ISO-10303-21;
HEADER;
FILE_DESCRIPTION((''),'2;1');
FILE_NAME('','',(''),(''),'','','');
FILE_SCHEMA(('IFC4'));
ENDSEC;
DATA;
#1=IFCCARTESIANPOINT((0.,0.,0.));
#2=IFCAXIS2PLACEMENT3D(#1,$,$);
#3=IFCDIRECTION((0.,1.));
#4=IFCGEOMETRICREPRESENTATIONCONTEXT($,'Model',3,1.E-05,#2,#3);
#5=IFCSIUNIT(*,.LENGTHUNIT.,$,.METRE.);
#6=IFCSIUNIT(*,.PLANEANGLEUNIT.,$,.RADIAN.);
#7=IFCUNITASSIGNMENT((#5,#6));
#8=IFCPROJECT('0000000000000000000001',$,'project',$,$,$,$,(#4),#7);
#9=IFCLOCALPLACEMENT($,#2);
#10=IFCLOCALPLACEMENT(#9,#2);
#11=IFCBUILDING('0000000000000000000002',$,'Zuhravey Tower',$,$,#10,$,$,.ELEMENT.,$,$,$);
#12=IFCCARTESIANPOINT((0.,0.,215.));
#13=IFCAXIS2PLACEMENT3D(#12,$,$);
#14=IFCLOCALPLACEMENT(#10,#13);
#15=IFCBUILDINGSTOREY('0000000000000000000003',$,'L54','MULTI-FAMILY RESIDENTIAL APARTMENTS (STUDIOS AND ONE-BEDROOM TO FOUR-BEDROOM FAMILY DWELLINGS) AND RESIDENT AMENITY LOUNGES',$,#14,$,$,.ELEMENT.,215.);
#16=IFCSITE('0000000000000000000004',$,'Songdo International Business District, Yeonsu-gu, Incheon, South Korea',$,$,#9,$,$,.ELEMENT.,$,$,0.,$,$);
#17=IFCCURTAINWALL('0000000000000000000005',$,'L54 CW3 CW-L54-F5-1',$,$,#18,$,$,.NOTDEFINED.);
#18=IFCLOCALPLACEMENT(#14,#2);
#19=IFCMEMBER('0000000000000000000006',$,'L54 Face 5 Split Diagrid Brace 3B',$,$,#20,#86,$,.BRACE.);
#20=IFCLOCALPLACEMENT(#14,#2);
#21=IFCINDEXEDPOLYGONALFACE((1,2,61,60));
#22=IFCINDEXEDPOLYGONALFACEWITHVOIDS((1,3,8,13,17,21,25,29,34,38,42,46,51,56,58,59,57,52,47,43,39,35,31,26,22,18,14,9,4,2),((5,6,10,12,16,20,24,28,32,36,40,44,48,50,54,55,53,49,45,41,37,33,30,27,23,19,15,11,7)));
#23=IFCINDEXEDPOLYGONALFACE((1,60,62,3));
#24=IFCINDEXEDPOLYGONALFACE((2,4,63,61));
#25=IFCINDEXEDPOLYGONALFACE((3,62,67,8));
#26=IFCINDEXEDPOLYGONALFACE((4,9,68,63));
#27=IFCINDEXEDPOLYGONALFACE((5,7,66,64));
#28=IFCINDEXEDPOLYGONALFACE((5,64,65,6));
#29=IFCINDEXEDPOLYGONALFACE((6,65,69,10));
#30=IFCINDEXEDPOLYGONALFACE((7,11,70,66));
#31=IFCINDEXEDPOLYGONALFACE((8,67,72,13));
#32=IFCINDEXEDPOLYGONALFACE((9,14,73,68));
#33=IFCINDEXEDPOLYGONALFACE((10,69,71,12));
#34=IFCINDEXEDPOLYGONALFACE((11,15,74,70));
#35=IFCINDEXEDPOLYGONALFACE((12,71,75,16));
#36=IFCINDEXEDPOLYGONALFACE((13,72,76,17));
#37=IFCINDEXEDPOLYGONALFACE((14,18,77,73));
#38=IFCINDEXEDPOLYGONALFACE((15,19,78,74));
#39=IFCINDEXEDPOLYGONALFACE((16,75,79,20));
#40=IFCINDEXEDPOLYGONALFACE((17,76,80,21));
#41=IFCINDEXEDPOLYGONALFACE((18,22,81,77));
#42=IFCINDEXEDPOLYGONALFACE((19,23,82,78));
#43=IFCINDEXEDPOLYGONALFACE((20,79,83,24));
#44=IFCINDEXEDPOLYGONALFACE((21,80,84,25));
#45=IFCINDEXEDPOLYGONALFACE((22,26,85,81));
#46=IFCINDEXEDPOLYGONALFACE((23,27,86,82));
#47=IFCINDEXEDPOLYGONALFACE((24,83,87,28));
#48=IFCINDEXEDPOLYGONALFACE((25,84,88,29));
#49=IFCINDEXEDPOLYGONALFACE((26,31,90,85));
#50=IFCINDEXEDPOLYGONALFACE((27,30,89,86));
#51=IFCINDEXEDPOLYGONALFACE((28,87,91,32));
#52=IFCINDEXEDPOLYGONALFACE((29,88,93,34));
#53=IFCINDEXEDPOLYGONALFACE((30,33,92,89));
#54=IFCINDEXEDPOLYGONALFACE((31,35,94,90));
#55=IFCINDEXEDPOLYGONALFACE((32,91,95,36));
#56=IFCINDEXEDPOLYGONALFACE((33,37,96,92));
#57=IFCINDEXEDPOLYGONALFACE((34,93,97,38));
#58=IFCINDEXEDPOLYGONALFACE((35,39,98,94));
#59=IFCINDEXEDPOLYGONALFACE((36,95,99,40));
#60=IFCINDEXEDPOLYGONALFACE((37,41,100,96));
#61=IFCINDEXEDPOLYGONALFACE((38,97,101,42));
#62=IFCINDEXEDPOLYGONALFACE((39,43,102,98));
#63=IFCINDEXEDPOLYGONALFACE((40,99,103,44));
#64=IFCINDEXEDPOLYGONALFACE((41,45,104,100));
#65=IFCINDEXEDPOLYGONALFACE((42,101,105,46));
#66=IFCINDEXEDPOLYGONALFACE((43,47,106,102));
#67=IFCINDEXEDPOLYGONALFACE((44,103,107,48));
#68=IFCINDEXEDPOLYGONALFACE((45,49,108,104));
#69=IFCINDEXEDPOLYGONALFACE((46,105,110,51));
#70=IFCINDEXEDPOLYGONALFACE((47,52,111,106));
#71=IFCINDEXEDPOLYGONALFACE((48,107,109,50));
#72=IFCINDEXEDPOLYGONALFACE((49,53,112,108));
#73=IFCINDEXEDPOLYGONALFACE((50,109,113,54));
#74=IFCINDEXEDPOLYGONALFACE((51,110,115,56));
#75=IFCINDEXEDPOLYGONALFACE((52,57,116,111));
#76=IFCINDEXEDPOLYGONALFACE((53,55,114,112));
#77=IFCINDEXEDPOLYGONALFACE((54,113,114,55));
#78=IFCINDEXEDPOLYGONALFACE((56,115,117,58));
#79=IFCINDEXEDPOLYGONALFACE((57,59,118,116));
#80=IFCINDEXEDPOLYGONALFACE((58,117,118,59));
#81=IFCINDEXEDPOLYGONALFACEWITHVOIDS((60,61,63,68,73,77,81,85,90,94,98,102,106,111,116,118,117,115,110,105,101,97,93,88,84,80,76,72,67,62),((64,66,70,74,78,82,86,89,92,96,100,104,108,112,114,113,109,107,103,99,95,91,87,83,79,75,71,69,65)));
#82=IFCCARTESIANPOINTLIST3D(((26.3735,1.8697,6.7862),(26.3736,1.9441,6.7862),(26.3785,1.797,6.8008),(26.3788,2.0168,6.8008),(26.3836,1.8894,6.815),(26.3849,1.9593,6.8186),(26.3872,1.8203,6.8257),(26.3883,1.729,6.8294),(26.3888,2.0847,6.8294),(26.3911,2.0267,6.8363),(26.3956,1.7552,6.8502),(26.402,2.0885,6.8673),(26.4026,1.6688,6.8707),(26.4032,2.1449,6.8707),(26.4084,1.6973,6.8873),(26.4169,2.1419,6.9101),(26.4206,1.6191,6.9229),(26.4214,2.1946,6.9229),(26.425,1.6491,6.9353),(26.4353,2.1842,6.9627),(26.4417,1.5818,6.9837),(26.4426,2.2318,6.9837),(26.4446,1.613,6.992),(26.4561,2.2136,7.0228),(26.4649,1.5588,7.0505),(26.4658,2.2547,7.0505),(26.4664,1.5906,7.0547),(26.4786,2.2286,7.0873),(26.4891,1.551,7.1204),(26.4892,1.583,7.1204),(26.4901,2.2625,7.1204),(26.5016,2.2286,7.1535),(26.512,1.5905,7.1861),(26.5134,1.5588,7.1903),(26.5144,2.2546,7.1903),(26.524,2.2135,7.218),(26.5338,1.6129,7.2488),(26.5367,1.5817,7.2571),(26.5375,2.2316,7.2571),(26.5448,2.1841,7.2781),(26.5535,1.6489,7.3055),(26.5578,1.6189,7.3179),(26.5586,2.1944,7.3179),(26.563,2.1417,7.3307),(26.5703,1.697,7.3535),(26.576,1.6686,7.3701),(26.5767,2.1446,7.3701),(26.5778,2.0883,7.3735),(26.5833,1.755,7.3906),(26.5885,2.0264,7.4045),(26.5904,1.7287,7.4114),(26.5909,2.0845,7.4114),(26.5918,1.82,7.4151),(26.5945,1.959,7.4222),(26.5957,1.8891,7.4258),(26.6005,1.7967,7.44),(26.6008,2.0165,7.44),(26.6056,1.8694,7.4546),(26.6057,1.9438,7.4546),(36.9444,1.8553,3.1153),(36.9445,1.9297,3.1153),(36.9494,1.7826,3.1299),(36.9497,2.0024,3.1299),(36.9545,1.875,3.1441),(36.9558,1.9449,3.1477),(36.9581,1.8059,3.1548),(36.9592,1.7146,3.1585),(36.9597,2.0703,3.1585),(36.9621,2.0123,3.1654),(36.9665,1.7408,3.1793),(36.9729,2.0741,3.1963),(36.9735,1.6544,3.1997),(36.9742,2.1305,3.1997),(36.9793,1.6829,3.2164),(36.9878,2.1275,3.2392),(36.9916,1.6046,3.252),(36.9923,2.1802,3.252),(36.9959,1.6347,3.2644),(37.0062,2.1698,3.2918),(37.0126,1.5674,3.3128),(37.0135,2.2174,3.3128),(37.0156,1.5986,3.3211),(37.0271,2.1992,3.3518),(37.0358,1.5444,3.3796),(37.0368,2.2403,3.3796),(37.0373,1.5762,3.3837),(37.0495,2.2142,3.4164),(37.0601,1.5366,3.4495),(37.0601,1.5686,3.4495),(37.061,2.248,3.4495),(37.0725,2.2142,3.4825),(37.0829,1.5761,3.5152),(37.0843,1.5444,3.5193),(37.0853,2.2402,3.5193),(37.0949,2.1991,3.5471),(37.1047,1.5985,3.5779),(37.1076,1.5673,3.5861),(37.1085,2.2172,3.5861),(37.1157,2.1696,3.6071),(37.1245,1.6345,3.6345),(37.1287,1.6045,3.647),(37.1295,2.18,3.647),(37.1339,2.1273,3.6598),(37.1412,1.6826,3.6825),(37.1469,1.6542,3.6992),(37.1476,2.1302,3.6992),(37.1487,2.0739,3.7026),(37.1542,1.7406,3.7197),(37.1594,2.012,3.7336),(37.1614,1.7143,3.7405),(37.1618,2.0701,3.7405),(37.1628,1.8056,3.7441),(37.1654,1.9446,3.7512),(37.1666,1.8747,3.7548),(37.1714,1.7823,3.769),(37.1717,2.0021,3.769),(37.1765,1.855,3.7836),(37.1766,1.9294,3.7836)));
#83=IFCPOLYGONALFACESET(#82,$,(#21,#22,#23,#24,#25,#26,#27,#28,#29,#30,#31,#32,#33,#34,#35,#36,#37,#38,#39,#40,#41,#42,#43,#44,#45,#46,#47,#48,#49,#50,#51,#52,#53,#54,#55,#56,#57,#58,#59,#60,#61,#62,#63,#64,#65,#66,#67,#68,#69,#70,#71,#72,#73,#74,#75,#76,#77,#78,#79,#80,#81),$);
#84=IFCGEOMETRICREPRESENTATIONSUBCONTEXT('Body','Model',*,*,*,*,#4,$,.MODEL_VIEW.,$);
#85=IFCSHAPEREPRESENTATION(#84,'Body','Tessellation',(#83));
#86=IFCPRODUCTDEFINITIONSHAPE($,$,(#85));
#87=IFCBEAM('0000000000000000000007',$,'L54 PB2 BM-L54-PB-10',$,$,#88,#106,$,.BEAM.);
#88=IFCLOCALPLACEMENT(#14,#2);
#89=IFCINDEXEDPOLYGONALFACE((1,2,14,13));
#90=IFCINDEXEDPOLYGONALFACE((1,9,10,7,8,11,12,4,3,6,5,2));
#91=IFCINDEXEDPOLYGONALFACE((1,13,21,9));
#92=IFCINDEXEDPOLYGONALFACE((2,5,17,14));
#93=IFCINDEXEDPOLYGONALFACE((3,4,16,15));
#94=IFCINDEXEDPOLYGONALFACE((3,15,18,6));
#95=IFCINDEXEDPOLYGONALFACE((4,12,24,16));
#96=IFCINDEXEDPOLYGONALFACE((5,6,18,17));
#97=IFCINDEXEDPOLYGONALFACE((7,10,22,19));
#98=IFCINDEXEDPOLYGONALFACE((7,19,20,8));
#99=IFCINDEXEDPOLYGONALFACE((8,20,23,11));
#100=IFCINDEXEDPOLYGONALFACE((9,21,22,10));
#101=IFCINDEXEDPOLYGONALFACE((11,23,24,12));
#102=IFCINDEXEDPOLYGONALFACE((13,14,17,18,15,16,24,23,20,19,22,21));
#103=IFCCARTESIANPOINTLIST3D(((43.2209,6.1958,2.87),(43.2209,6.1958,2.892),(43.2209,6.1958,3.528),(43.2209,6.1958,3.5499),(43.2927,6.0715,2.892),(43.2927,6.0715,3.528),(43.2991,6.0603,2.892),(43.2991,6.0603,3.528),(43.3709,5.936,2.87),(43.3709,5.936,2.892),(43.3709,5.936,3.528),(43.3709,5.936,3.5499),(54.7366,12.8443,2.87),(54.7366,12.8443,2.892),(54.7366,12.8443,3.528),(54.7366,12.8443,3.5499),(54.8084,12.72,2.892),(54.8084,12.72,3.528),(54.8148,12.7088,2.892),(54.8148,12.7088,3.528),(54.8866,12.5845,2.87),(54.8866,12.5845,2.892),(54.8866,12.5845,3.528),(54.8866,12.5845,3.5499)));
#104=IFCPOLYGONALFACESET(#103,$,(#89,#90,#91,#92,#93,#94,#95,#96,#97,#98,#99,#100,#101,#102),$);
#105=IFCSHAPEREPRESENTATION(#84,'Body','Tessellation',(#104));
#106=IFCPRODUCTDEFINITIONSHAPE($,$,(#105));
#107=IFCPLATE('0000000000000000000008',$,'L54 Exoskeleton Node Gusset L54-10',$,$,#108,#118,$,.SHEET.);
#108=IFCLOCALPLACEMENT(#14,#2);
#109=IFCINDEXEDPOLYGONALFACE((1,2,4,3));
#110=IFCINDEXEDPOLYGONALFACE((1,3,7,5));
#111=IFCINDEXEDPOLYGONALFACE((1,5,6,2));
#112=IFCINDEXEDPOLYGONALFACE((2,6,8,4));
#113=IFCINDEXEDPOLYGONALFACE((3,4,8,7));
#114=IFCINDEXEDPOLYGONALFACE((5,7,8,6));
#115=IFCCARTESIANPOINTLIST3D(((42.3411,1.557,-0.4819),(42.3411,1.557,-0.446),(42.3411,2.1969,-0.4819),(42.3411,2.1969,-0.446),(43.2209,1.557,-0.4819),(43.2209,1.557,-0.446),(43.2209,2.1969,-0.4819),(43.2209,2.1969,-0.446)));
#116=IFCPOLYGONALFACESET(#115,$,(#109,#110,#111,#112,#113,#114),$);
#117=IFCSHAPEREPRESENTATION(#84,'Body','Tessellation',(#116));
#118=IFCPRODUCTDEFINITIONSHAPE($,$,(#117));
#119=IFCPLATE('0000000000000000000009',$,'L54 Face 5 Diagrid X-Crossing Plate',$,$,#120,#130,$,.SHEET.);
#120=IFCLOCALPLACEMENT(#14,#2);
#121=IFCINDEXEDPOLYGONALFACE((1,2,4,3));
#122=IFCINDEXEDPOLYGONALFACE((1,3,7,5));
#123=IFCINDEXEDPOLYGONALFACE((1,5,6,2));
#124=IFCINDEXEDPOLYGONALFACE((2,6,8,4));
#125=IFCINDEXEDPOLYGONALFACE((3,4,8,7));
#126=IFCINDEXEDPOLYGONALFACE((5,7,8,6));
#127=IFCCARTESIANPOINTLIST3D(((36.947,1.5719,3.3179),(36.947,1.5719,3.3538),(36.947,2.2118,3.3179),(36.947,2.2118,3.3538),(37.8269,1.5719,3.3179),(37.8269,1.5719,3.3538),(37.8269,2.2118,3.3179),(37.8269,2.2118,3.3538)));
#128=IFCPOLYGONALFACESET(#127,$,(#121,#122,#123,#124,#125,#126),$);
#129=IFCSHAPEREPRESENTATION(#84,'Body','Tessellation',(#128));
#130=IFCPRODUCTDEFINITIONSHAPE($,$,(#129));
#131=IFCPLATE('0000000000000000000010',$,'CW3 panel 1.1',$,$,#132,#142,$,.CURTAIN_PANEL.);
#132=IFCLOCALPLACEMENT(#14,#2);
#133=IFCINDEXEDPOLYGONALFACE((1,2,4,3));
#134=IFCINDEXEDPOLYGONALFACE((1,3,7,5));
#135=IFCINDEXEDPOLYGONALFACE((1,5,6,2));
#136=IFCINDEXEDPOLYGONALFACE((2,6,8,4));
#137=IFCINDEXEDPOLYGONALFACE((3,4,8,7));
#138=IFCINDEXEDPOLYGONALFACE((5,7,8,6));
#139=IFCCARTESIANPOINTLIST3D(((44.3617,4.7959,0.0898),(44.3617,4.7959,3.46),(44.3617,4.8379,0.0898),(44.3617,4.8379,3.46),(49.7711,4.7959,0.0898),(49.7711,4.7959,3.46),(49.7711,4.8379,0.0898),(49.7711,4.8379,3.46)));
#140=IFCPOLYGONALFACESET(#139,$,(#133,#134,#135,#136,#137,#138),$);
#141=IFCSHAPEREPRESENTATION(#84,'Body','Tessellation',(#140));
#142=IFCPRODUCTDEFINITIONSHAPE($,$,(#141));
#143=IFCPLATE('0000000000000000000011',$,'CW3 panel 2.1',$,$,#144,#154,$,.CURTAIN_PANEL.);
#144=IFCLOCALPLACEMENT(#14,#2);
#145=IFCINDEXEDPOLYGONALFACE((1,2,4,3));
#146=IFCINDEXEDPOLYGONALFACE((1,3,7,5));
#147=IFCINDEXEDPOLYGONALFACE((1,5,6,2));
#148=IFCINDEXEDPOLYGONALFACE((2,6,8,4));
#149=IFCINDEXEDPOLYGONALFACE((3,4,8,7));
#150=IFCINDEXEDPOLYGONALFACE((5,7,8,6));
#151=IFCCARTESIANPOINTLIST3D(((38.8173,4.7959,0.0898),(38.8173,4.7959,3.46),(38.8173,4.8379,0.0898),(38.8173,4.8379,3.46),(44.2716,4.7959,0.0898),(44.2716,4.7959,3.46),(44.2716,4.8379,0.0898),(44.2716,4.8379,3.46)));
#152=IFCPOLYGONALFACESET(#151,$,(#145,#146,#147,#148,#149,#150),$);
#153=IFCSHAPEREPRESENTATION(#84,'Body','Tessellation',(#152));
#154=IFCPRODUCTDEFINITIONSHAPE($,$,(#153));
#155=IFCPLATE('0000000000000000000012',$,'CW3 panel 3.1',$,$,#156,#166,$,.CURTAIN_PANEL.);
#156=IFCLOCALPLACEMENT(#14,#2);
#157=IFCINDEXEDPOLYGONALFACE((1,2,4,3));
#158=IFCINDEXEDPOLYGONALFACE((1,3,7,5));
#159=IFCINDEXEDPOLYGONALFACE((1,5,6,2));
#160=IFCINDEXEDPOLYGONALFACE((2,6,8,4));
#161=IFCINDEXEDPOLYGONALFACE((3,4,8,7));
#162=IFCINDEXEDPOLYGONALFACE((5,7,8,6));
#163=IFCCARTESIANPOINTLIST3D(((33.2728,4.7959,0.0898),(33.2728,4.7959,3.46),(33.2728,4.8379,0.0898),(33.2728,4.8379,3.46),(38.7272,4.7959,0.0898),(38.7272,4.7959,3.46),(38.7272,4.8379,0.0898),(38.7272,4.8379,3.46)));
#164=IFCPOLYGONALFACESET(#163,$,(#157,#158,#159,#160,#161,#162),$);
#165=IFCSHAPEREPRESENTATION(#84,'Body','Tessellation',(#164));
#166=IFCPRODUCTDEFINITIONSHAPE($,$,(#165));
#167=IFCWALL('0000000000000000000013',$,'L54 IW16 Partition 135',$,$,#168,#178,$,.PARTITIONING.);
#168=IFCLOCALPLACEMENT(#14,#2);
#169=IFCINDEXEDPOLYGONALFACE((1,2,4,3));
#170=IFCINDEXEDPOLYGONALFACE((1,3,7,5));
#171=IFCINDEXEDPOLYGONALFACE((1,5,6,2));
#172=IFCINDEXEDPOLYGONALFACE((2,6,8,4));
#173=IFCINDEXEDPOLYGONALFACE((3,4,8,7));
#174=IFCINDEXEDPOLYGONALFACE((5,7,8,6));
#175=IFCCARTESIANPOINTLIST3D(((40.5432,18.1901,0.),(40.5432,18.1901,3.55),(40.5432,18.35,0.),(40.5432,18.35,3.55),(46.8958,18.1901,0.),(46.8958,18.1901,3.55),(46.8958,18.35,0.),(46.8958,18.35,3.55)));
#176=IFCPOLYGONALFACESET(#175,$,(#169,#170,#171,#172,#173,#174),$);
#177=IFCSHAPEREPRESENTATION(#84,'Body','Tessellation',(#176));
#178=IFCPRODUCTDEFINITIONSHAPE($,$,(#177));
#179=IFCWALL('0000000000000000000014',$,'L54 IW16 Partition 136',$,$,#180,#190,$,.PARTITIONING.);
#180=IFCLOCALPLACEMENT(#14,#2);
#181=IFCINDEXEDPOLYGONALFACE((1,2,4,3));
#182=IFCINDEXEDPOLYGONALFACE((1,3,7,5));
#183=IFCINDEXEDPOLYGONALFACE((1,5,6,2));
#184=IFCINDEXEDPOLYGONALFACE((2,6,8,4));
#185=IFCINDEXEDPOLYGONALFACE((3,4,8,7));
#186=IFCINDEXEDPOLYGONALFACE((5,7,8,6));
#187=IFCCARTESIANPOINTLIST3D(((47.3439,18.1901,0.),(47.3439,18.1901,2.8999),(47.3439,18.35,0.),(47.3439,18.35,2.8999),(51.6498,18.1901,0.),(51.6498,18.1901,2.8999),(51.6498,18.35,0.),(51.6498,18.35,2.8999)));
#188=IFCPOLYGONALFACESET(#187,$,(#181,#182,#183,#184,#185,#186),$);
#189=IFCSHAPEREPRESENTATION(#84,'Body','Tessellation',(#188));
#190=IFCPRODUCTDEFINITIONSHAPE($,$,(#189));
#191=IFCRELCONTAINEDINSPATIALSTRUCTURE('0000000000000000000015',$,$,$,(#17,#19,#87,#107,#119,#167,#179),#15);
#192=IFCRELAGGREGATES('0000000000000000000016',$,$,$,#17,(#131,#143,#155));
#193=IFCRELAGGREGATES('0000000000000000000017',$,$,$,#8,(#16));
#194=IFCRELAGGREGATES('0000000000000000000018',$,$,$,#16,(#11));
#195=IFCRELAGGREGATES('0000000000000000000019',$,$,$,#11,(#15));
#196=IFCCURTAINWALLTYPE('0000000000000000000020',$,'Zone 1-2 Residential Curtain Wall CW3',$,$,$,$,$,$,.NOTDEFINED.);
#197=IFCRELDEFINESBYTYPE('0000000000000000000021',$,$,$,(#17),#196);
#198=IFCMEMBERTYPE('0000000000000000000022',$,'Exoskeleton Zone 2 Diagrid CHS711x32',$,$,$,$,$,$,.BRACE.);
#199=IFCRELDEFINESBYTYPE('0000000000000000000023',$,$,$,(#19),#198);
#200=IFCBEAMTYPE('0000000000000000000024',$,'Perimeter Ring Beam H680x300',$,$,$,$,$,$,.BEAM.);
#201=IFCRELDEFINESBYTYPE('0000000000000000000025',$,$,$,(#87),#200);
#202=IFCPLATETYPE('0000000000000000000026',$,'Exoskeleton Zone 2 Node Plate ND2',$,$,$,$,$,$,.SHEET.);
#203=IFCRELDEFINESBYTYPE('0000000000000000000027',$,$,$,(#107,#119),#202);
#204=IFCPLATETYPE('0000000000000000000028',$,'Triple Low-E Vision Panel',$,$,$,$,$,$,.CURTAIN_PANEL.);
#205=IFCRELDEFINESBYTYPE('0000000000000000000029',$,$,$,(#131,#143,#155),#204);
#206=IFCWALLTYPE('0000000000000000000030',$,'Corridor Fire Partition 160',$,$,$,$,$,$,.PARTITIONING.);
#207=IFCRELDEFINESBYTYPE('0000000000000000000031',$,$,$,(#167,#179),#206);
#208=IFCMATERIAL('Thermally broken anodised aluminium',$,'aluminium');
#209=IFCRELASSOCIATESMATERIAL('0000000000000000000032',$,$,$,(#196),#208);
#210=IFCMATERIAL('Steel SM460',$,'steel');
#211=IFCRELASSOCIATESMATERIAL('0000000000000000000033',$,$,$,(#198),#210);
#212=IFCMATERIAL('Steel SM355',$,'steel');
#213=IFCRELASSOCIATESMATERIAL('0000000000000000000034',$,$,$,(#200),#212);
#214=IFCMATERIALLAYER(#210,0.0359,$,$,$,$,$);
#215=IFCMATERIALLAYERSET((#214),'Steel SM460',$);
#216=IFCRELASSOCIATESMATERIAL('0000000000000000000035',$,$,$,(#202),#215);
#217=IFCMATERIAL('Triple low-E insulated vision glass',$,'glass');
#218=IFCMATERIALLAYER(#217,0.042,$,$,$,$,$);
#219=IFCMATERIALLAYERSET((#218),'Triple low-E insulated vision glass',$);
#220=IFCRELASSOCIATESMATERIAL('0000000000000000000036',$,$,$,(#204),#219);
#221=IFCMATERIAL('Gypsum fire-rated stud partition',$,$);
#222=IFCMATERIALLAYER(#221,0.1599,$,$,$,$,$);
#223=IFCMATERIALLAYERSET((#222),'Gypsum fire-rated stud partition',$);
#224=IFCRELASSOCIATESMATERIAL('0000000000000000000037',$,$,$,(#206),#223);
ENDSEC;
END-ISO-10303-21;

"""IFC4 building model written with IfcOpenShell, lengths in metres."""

from ifc_helpers import new_model, si_unit, direction, frame, frame_2d, origin, origin_2d, place, context, subcontext, project, spatial, rectangle, hollow_circle, i_section, extrude, material, layer, layer_set, material_profile, profile_set, type_object, element, aggregate, save


model = new_model("IFC4")

# Units and contexts
model_context = context("Model", 3, precision=1e-05, world=origin(), true_north=direction((0.0, 1.0)))
body_context = subcontext(model_context, "Body", "Model", "MODEL_VIEW")
ifc_project = project(units=[si_unit("LENGTHUNIT", "METRE"), si_unit("PLANEANGLEUNIT", "RADIAN")], contexts=[model_context])

# Site, building, storey
site_placement = place(None, origin())
site = spatial("IfcSite", under=ifc_project, at=site_placement, Name="Songdo International Business District, Yeonsu-gu, Incheon, South Korea", CompositionType="ELEMENT", RefElevation=0.0)
building_placement = place(site_placement, origin())
building = spatial("IfcBuilding", under=site, at=building_placement, Name="Zuhravey Tower", CompositionType="ELEMENT")
storey_placement = place(building_placement, frame((0.0, 0.0, 215.0)))
storey = spatial("IfcBuildingStorey", under=building, at=storey_placement, Name="L54", Description="MULTI-FAMILY RESIDENTIAL APARTMENTS (STUDIOS AND ONE-BEDROOM TO FOUR-BEDROOM FAMILY DWELLINGS) AND RESIDENT AMENITY LOUNGES", CompositionType="ELEMENT", Elevation=215.0)

# Curtain wall
ifc_material_1 = material(Name="Thermally broken anodised aluminium", Category="aluminium")
curtain_wall_type = type_object("IfcCurtainWallType", Name="Zone 1-2 Residential Curtain Wall CW3", PredefinedType="NOTDEFINED", material=ifc_material_1)
curtain_wall_placement = place(storey_placement, origin())
curtain_wall = element("IfcCurtainWall", 1, at=curtain_wall_placement, inside=storey, type_object=curtain_wall_type, Name="L54 CW3 CW-L54-F5-1", PredefinedType="NOTDEFINED")

# Member
ifc_material_2 = material(Name="Steel SM460", Category="steel")
ifc_material_profile_1 = material_profile(ifc_material_2, hollow_circle(Radius=0.3557, WallThickness=0.032, at=origin_2d()), Name="CHS-711.2x32")
ifc_profile_set_1 = profile_set([ifc_material_profile_1], Name="Steel SM460")
member_type_1 = type_object("IfcMemberType", Name="Exoskeleton Zone 2 Diagrid CHS711x32", PredefinedType="BRACE", material=ifc_profile_set_1)
member_1_placement = place(storey_placement, frame((37.0605, 1.8923, 3.4495), z_axis=(-0.94466, 0.001287, 0.32805), x_axis=(-0.001363, -0.999999, 0.0)))
element("IfcMember", 2, at=member_1_placement, inside=storey, type_object=member_type_1, Name="L54 Face 5 Split Diagrid Brace 3B", PredefinedType="BRACE", context=body_context, shape_type="SweptSolid", body=[
    extrude(hollow_circle(Radius=0.3557, WallThickness=0.032, at=origin_2d()), origin(), (0.0, 0.0, 1.0), 11.1902),
])

# Beam
ifc_material_3 = material(Name="Steel SM355", Category="steel")
ifc_material_profile_2 = material_profile(ifc_material_3, i_section(OverallWidth=0.3, OverallDepth=0.6799, WebThickness=0.0129, FlangeThickness=0.022, at=origin_2d()), Name="H-680x300x13x22")
ifc_profile_set_2 = profile_set([ifc_material_profile_2], Name="Steel SM355")
beam_type = type_object("IfcBeamType", Name="Perimeter Ring Beam H680x300", PredefinedType="BEAM", material=ifc_profile_set_2)
beam_placement = place(storey_placement, frame((43.2959, 6.0659, 3.21), z_axis=(0.866029, 0.499994, 0.0), x_axis=(-0.499994, 0.866029, 0.0)))
element("IfcBeam", 3, at=beam_placement, inside=storey, type_object=beam_type, Name="L54 PB2 BM-L54-PB-10", PredefinedType="BEAM", context=body_context, shape_type="SweptSolid", body=[
    extrude(i_section(OverallWidth=0.3, OverallDepth=0.6799, WebThickness=0.0129, FlangeThickness=0.022, at=origin_2d()), origin(), (0.0, 0.0, 1.0), 13.2971),
])

# Plates
ifc_layer_1 = layer(ifc_material_2, 0.0359)
ifc_layer_set_1 = layer_set([ifc_layer_1], Name="Steel SM460")
plate_type_1 = type_object("IfcPlateType", Name="Exoskeleton Zone 2 Node Plate ND2", PredefinedType="SHEET", material=ifc_layer_set_1)
for number, where, z_axis, x_axis, name in (
    (4, (42.781, 1.877, -0.4819), (0.0, 0.0, 1.0), (1.0, 0.0, 0.0), "L54 Exoskeleton Node Gusset L54-10"),
    (5, (37.387, 1.8918, 3.3179), (0.0, 0.0, 1.0), (1.0, 0.0, 0.0), "L54 Face 5 Diagrid X-Crossing Plate"),
):
    element("IfcPlate", number, at=place(storey_placement, frame(where, z_axis=z_axis, x_axis=x_axis)), inside=storey, type_object=plate_type_1, Name=name, PredefinedType="SHEET", context=body_context, shape_type="SweptSolid", body=[
        extrude(rectangle(XDim=0.8799, YDim=0.6399, at=origin_2d()), origin(), (0.0, 0.0, 1.0), 0.0359),
    ])

# Plates
ifc_material_4 = material(Name="Triple low-E insulated vision glass", Category="glass")
ifc_layer_2 = layer(ifc_material_4, 0.042)
ifc_layer_set_2 = layer_set([ifc_layer_2], Name="Triple low-E insulated vision glass")
plate_type_2 = type_object("IfcPlateType", Name="Triple Low-E Vision Panel", PredefinedType="CURTAIN_PANEL", material=ifc_layer_set_2)
plate_1_placement = place(storey_placement, frame((47.0664, 4.8169, 0.0898), z_axis=(0.0, 0.0, 1.0), x_axis=(-1.0, 0.0, 0.0)))
plate_1 = element("IfcPlate", 6, at=plate_1_placement, type_object=plate_type_2, Name="CW3 panel 1.1", PredefinedType="CURTAIN_PANEL", context=body_context, shape_type="SweptSolid", body=[
    extrude(rectangle(XDim=5.4094, YDim=0.042, at=origin_2d()), origin(), (0.0, 0.0, 1.0), 3.3701),
])
plate_2_placement = place(storey_placement, frame((41.5444, 4.8169, 0.0898), z_axis=(0.0, 0.0, 1.0), x_axis=(-1.0, 0.0, 0.0)))
plate_2 = element("IfcPlate", 7, at=plate_2_placement, type_object=plate_type_2, Name="CW3 panel 2.1", PredefinedType="CURTAIN_PANEL", context=body_context, shape_type="SweptSolid", body=[
    extrude(rectangle(XDim=5.4543, YDim=0.042, at=origin_2d()), origin(), (0.0, 0.0, 1.0), 3.3701),
])
plate_3_placement = place(storey_placement, frame((36.0, 4.8169, 0.0898), z_axis=(0.0, 0.0, 1.0), x_axis=(-1.0, 0.0, 0.0)))
plate_3 = element("IfcPlate", 8, at=plate_3_placement, type_object=plate_type_2, Name="CW3 panel 3.1", PredefinedType="CURTAIN_PANEL", context=body_context, shape_type="SweptSolid", body=[
    extrude(rectangle(XDim=5.4543, YDim=0.042, at=origin_2d()), origin(), (0.0, 0.0, 1.0), 3.3701),
])
aggregate(curtain_wall, [plate_1, plate_2, plate_3])

# Shared definitions
ifc_material_5 = material(Name="Gypsum fire-rated stud partition")
ifc_layer_3 = layer(ifc_material_5, 0.1599)
ifc_layer_set_3 = layer_set([ifc_layer_3], Name="Gypsum fire-rated stud partition")
wall_type_1 = type_object("IfcWallType", Name="Corridor Fire Partition 160", PredefinedType="PARTITIONING", material=ifc_layer_set_3)

# Walls
wall_1_placement = place(storey_placement, frame((40.5432, 18.27, 0.0), z_axis=(0.0, 0.0, 1.0), x_axis=(1.0, 0.0, 0.0)))
element("IfcWall", 9, at=wall_1_placement, inside=storey, type_object=wall_type_1, Name="L54 IW16 Partition 135", PredefinedType="PARTITIONING", context=body_context, shape_type="SweptSolid", body=[
    extrude(rectangle(XDim=6.3525, YDim=0.1599, at=frame_2d((3.1763, 0.0))), origin(), (0.0, 0.0, 1.0), 3.55),
])
wall_2_placement = place(storey_placement, frame((47.344, 18.27, 0.0), z_axis=(0.0, 0.0, 1.0), x_axis=(1.0, 0.0, 0.0)))
element("IfcWall", 10, at=wall_2_placement, inside=storey, type_object=wall_type_1, Name="L54 IW16 Partition 136", PredefinedType="PARTITIONING", context=body_context, shape_type="SweptSolid", body=[
    extrude(rectangle(XDim=4.3059, YDim=0.1599, at=frame_2d((2.1528, 0.0))), origin(), (0.0, 0.0, 1.0), 2.8999),
])

save(model, "model.ifc")
